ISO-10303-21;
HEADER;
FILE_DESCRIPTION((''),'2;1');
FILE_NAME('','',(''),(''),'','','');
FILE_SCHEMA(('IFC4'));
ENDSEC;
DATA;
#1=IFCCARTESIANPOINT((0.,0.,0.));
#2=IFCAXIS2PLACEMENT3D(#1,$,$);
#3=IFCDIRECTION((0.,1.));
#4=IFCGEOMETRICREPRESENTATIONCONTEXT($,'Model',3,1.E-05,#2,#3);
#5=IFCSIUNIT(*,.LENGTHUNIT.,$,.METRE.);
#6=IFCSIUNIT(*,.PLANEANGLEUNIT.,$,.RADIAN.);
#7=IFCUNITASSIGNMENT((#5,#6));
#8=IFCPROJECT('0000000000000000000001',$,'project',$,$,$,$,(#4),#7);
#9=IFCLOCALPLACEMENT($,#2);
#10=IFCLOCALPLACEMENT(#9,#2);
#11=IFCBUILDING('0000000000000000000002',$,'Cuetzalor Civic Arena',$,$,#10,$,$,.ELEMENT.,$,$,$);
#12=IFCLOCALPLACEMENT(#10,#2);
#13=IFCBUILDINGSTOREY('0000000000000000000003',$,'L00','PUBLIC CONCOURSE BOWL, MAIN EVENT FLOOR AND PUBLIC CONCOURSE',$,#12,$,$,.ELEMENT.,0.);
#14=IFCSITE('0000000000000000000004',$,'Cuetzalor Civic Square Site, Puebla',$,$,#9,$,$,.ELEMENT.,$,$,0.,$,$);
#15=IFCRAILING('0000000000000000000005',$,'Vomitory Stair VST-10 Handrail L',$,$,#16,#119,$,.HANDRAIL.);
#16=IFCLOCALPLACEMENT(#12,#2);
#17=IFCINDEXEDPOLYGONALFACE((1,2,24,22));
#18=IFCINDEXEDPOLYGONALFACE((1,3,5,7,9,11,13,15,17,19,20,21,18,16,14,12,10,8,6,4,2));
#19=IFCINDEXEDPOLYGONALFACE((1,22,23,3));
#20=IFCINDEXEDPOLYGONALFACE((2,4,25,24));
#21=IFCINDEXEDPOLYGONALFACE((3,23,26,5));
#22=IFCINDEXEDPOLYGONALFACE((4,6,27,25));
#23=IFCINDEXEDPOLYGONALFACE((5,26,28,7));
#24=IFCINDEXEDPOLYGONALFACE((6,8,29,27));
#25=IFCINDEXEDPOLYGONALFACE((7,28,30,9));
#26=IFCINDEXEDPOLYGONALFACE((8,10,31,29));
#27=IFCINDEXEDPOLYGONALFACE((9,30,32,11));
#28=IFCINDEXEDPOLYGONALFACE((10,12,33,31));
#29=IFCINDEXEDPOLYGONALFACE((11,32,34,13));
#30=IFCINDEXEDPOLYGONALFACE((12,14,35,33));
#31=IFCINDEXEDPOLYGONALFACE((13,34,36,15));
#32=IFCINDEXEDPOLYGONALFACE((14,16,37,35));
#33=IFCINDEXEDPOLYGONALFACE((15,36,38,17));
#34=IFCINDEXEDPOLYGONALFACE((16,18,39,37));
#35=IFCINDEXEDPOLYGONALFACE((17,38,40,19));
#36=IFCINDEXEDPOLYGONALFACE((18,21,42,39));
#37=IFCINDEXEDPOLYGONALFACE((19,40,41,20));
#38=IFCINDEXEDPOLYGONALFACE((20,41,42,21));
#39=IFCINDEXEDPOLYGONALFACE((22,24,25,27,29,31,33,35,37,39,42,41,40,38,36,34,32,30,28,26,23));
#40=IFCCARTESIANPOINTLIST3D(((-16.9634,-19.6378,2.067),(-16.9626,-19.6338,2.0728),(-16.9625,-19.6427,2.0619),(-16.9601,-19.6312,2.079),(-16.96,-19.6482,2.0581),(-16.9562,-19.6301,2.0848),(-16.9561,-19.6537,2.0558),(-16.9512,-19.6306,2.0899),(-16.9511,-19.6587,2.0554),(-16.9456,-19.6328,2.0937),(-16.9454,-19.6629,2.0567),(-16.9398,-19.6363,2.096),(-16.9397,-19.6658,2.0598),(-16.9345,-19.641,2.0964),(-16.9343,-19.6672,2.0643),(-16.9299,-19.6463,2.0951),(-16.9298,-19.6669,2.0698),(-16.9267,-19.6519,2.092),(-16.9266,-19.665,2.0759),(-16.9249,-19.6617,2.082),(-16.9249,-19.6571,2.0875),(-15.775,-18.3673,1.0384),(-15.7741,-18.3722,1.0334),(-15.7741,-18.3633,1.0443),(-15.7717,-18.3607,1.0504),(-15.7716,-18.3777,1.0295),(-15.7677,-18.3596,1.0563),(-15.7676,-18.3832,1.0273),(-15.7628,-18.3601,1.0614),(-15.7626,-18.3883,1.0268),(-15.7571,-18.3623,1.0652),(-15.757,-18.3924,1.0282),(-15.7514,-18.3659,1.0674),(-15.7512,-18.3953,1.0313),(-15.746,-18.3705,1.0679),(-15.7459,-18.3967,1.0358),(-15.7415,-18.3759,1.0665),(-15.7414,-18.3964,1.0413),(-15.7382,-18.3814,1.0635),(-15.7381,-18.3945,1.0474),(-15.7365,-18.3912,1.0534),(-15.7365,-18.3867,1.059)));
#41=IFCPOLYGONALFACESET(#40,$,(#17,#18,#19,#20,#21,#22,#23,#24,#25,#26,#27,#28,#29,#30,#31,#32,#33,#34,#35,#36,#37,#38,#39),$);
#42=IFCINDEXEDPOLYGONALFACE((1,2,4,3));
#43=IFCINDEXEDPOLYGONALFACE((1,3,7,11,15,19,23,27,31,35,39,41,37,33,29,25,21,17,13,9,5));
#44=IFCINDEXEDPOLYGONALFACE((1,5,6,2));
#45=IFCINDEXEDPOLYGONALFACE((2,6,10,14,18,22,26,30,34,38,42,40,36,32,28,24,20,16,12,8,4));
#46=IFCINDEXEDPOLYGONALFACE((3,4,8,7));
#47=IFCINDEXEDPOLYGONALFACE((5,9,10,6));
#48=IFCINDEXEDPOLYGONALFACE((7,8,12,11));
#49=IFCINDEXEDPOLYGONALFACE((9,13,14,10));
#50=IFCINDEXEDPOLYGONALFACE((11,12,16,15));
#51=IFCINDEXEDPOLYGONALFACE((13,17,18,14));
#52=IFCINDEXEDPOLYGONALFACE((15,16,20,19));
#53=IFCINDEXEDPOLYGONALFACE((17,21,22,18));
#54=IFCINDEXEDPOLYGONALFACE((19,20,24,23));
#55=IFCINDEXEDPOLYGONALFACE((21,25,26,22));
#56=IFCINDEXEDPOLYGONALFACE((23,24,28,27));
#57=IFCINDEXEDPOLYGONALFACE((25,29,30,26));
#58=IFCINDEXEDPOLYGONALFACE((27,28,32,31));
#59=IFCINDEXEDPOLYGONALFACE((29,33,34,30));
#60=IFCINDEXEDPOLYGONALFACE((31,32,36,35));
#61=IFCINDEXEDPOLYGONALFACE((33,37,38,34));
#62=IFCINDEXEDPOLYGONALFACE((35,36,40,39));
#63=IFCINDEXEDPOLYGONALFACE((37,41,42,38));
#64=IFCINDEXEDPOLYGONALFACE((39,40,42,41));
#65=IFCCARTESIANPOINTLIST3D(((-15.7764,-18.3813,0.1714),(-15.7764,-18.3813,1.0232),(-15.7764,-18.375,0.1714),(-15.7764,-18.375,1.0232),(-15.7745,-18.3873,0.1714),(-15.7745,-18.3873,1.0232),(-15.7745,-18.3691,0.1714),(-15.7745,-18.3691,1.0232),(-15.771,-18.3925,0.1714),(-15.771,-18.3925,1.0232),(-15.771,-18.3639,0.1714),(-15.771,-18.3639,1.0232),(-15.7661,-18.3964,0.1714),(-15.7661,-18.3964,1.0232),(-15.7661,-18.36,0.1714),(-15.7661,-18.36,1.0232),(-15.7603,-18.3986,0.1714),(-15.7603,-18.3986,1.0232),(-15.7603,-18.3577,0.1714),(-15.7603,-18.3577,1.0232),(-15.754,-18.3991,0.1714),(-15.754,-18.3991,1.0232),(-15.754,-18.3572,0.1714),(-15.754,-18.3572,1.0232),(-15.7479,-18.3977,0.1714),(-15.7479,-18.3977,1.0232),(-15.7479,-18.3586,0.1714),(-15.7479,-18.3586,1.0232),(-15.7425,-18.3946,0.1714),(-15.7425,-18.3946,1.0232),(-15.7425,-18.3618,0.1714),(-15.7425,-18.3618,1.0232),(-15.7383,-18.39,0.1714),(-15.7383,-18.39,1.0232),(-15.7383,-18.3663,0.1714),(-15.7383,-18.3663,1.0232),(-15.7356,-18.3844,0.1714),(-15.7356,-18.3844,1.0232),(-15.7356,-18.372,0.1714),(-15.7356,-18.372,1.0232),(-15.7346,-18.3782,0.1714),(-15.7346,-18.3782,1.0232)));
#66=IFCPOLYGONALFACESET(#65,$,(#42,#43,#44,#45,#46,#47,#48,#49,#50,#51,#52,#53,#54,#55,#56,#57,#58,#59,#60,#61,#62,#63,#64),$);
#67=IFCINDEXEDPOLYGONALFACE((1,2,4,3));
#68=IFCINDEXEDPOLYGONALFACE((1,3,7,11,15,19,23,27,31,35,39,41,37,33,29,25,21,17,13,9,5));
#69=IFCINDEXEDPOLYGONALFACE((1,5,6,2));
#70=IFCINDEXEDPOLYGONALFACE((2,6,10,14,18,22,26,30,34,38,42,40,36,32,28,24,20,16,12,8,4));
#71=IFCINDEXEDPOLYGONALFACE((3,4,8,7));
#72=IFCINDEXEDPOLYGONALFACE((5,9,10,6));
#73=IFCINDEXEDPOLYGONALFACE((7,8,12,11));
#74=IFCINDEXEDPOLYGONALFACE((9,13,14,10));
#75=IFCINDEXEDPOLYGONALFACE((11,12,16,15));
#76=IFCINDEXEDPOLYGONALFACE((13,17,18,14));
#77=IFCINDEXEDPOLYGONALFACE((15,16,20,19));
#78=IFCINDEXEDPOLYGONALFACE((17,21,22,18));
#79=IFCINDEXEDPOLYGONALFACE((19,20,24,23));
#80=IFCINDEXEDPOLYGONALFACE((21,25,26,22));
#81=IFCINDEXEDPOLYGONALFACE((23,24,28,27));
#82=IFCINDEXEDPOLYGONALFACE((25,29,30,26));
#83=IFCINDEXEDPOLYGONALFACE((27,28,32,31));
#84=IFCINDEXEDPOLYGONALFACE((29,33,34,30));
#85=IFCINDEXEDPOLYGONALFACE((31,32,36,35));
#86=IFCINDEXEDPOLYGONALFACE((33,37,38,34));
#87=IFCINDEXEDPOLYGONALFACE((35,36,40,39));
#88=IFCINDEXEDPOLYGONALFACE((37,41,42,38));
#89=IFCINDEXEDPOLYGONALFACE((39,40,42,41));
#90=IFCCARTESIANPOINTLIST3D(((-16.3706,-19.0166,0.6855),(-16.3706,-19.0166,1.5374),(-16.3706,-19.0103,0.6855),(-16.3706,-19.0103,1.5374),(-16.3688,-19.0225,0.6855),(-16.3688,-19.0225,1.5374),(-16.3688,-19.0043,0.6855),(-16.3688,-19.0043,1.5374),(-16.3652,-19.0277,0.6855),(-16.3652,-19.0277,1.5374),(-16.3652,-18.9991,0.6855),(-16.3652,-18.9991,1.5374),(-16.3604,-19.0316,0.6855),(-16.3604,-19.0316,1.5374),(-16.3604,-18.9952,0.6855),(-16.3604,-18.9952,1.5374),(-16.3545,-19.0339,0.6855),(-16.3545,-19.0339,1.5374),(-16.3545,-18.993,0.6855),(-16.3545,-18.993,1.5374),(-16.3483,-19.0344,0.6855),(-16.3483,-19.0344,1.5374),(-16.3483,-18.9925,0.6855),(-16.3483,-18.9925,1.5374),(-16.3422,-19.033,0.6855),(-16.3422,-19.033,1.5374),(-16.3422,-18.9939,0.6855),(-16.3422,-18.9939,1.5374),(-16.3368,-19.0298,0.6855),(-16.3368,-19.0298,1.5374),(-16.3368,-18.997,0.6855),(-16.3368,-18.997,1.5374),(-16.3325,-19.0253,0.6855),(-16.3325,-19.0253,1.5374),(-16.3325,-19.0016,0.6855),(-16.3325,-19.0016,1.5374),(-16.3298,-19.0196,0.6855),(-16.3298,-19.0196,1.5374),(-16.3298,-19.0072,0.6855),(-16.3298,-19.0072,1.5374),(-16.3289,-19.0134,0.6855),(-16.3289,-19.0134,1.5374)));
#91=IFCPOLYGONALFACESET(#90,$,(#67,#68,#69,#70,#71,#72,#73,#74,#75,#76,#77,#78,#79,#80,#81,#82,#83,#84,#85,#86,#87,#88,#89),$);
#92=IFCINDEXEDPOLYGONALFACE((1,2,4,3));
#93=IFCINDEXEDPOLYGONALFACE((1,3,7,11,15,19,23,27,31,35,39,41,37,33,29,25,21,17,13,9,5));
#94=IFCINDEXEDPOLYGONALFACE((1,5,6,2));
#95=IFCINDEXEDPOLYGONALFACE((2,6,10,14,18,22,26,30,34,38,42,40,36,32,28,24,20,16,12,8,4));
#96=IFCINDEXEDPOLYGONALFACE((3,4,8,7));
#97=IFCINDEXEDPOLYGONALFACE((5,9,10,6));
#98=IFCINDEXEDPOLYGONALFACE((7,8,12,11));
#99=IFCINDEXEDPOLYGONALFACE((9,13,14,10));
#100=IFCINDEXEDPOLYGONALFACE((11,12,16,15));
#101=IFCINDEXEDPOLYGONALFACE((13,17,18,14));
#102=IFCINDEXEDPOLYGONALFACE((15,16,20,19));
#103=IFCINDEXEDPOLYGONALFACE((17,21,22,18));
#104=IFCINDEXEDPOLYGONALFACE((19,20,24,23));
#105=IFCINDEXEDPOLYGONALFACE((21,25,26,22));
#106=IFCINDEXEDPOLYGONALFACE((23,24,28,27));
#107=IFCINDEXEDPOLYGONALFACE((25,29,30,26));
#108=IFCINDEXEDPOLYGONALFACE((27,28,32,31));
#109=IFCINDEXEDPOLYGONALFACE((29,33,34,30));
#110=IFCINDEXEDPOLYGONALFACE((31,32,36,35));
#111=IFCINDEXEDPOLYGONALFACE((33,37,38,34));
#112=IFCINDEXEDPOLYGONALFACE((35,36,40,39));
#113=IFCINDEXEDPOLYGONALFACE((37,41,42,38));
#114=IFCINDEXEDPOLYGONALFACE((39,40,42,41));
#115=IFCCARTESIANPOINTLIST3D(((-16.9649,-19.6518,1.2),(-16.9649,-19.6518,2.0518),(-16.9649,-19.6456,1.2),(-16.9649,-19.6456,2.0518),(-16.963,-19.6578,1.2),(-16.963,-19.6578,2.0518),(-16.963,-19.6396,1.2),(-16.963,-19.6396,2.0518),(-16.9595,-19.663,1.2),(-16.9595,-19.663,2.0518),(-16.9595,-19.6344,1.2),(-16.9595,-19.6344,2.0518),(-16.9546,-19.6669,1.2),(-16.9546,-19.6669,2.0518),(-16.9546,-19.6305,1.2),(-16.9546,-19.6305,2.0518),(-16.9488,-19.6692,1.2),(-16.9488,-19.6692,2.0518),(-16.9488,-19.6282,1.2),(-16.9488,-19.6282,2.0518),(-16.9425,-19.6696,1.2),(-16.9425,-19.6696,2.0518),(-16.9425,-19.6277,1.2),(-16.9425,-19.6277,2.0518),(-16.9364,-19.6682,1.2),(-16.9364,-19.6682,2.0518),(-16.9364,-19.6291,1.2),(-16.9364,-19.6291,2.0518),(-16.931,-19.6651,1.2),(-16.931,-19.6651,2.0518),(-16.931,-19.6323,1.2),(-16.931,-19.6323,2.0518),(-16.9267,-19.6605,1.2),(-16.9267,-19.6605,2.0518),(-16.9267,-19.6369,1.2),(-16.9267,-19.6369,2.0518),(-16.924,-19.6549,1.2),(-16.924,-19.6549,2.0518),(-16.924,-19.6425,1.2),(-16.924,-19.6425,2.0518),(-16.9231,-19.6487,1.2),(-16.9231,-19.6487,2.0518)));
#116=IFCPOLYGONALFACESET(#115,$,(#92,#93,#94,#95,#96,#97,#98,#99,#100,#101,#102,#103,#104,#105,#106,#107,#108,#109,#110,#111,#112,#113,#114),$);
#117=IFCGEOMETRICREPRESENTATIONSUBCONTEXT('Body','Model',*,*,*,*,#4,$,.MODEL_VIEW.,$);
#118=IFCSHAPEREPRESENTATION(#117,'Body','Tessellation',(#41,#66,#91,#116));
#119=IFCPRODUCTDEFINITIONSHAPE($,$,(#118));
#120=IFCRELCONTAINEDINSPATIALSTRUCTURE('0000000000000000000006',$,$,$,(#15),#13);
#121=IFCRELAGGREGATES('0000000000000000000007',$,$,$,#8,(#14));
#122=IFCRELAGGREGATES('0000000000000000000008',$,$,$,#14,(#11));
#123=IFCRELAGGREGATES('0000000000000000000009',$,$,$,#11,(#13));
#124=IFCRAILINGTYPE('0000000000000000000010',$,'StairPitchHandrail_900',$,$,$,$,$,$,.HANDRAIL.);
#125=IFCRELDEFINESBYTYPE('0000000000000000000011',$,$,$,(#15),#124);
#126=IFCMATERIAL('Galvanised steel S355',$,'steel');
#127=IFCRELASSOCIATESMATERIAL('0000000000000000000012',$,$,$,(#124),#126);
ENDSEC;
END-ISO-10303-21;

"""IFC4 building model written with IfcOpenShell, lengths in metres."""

from ifc_helpers import new_model, si_unit, direction, frame, origin, origin_2d, place, context, subcontext, project, spatial, circle, extrude, material, type_object, element, save


model = new_model("IFC4")

# Units and contexts
model_context = context("Model", 3, precision=1e-05, world=origin(), true_north=direction((0.0, 1.0)))
body_context = subcontext(model_context, "Body", "Model", "MODEL_VIEW")
ifc_project = project(units=[si_unit("LENGTHUNIT", "METRE"), si_unit("PLANEANGLEUNIT", "RADIAN")], contexts=[model_context])

# Site, building, storey
site_placement = place(None, origin())
site = spatial("IfcSite", under=ifc_project, at=site_placement, Name="Cuetzalor Civic Square Site, Puebla", CompositionType="ELEMENT", RefElevation=0.0)
building_placement = place(site_placement, origin())
building = spatial("IfcBuilding", under=site, at=building_placement, Name="Cuetzalor Civic Arena", CompositionType="ELEMENT")
storey_placement = place(building_placement, origin())
storey = spatial("IfcBuildingStorey", under=building, at=storey_placement, Name="L00", Description="PUBLIC CONCOURSE BOWL, MAIN EVENT FLOOR AND PUBLIC CONCOURSE", CompositionType="ELEMENT", Elevation=0.0)

# Railing
ifc_material_1 = material(Name="Galvanised steel S355", Category="steel")
railing_type_1 = type_object("IfcRailingType", Name="StairPitchHandrail_900", PredefinedType="HANDRAIL", material=ifc_material_1)
railing_1_placement = place(storey_placement, frame((-15.7556, -18.3782, 0.1714)))
element("IfcRailing", 1, at=railing_1_placement, inside=storey, type_object=railing_type_1, Name="Vomitory Stair VST-10 Handrail L", PredefinedType="HANDRAIL", context=body_context, shape_type="SweptSolid", body=[
    extrude(circle(Radius=0.0239, at=origin_2d()), frame((0.0, 0.0, 0.876), z_axis=(-0.588051, -0.62864, 0.508928), x_axis=(0.730289, -0.683138, 0.0)), (0.0, 0.0, 1.0), 2.021),
    extrude(circle(Radius=0.021, at=origin_2d()), origin(), (0.0, 0.0, 1.0), 0.8518),
    extrude(circle(Radius=0.021, at=origin_2d()), frame((-0.5942, -0.6353, 0.5142)), (0.0, 0.0, 1.0), 0.8518),
    extrude(circle(Radius=0.021, at=origin_2d()), frame((-1.1885, -1.2705, 1.0286)), (0.0, 0.0, 1.0), 0.8518),
])

save(model, "model.ifc")
